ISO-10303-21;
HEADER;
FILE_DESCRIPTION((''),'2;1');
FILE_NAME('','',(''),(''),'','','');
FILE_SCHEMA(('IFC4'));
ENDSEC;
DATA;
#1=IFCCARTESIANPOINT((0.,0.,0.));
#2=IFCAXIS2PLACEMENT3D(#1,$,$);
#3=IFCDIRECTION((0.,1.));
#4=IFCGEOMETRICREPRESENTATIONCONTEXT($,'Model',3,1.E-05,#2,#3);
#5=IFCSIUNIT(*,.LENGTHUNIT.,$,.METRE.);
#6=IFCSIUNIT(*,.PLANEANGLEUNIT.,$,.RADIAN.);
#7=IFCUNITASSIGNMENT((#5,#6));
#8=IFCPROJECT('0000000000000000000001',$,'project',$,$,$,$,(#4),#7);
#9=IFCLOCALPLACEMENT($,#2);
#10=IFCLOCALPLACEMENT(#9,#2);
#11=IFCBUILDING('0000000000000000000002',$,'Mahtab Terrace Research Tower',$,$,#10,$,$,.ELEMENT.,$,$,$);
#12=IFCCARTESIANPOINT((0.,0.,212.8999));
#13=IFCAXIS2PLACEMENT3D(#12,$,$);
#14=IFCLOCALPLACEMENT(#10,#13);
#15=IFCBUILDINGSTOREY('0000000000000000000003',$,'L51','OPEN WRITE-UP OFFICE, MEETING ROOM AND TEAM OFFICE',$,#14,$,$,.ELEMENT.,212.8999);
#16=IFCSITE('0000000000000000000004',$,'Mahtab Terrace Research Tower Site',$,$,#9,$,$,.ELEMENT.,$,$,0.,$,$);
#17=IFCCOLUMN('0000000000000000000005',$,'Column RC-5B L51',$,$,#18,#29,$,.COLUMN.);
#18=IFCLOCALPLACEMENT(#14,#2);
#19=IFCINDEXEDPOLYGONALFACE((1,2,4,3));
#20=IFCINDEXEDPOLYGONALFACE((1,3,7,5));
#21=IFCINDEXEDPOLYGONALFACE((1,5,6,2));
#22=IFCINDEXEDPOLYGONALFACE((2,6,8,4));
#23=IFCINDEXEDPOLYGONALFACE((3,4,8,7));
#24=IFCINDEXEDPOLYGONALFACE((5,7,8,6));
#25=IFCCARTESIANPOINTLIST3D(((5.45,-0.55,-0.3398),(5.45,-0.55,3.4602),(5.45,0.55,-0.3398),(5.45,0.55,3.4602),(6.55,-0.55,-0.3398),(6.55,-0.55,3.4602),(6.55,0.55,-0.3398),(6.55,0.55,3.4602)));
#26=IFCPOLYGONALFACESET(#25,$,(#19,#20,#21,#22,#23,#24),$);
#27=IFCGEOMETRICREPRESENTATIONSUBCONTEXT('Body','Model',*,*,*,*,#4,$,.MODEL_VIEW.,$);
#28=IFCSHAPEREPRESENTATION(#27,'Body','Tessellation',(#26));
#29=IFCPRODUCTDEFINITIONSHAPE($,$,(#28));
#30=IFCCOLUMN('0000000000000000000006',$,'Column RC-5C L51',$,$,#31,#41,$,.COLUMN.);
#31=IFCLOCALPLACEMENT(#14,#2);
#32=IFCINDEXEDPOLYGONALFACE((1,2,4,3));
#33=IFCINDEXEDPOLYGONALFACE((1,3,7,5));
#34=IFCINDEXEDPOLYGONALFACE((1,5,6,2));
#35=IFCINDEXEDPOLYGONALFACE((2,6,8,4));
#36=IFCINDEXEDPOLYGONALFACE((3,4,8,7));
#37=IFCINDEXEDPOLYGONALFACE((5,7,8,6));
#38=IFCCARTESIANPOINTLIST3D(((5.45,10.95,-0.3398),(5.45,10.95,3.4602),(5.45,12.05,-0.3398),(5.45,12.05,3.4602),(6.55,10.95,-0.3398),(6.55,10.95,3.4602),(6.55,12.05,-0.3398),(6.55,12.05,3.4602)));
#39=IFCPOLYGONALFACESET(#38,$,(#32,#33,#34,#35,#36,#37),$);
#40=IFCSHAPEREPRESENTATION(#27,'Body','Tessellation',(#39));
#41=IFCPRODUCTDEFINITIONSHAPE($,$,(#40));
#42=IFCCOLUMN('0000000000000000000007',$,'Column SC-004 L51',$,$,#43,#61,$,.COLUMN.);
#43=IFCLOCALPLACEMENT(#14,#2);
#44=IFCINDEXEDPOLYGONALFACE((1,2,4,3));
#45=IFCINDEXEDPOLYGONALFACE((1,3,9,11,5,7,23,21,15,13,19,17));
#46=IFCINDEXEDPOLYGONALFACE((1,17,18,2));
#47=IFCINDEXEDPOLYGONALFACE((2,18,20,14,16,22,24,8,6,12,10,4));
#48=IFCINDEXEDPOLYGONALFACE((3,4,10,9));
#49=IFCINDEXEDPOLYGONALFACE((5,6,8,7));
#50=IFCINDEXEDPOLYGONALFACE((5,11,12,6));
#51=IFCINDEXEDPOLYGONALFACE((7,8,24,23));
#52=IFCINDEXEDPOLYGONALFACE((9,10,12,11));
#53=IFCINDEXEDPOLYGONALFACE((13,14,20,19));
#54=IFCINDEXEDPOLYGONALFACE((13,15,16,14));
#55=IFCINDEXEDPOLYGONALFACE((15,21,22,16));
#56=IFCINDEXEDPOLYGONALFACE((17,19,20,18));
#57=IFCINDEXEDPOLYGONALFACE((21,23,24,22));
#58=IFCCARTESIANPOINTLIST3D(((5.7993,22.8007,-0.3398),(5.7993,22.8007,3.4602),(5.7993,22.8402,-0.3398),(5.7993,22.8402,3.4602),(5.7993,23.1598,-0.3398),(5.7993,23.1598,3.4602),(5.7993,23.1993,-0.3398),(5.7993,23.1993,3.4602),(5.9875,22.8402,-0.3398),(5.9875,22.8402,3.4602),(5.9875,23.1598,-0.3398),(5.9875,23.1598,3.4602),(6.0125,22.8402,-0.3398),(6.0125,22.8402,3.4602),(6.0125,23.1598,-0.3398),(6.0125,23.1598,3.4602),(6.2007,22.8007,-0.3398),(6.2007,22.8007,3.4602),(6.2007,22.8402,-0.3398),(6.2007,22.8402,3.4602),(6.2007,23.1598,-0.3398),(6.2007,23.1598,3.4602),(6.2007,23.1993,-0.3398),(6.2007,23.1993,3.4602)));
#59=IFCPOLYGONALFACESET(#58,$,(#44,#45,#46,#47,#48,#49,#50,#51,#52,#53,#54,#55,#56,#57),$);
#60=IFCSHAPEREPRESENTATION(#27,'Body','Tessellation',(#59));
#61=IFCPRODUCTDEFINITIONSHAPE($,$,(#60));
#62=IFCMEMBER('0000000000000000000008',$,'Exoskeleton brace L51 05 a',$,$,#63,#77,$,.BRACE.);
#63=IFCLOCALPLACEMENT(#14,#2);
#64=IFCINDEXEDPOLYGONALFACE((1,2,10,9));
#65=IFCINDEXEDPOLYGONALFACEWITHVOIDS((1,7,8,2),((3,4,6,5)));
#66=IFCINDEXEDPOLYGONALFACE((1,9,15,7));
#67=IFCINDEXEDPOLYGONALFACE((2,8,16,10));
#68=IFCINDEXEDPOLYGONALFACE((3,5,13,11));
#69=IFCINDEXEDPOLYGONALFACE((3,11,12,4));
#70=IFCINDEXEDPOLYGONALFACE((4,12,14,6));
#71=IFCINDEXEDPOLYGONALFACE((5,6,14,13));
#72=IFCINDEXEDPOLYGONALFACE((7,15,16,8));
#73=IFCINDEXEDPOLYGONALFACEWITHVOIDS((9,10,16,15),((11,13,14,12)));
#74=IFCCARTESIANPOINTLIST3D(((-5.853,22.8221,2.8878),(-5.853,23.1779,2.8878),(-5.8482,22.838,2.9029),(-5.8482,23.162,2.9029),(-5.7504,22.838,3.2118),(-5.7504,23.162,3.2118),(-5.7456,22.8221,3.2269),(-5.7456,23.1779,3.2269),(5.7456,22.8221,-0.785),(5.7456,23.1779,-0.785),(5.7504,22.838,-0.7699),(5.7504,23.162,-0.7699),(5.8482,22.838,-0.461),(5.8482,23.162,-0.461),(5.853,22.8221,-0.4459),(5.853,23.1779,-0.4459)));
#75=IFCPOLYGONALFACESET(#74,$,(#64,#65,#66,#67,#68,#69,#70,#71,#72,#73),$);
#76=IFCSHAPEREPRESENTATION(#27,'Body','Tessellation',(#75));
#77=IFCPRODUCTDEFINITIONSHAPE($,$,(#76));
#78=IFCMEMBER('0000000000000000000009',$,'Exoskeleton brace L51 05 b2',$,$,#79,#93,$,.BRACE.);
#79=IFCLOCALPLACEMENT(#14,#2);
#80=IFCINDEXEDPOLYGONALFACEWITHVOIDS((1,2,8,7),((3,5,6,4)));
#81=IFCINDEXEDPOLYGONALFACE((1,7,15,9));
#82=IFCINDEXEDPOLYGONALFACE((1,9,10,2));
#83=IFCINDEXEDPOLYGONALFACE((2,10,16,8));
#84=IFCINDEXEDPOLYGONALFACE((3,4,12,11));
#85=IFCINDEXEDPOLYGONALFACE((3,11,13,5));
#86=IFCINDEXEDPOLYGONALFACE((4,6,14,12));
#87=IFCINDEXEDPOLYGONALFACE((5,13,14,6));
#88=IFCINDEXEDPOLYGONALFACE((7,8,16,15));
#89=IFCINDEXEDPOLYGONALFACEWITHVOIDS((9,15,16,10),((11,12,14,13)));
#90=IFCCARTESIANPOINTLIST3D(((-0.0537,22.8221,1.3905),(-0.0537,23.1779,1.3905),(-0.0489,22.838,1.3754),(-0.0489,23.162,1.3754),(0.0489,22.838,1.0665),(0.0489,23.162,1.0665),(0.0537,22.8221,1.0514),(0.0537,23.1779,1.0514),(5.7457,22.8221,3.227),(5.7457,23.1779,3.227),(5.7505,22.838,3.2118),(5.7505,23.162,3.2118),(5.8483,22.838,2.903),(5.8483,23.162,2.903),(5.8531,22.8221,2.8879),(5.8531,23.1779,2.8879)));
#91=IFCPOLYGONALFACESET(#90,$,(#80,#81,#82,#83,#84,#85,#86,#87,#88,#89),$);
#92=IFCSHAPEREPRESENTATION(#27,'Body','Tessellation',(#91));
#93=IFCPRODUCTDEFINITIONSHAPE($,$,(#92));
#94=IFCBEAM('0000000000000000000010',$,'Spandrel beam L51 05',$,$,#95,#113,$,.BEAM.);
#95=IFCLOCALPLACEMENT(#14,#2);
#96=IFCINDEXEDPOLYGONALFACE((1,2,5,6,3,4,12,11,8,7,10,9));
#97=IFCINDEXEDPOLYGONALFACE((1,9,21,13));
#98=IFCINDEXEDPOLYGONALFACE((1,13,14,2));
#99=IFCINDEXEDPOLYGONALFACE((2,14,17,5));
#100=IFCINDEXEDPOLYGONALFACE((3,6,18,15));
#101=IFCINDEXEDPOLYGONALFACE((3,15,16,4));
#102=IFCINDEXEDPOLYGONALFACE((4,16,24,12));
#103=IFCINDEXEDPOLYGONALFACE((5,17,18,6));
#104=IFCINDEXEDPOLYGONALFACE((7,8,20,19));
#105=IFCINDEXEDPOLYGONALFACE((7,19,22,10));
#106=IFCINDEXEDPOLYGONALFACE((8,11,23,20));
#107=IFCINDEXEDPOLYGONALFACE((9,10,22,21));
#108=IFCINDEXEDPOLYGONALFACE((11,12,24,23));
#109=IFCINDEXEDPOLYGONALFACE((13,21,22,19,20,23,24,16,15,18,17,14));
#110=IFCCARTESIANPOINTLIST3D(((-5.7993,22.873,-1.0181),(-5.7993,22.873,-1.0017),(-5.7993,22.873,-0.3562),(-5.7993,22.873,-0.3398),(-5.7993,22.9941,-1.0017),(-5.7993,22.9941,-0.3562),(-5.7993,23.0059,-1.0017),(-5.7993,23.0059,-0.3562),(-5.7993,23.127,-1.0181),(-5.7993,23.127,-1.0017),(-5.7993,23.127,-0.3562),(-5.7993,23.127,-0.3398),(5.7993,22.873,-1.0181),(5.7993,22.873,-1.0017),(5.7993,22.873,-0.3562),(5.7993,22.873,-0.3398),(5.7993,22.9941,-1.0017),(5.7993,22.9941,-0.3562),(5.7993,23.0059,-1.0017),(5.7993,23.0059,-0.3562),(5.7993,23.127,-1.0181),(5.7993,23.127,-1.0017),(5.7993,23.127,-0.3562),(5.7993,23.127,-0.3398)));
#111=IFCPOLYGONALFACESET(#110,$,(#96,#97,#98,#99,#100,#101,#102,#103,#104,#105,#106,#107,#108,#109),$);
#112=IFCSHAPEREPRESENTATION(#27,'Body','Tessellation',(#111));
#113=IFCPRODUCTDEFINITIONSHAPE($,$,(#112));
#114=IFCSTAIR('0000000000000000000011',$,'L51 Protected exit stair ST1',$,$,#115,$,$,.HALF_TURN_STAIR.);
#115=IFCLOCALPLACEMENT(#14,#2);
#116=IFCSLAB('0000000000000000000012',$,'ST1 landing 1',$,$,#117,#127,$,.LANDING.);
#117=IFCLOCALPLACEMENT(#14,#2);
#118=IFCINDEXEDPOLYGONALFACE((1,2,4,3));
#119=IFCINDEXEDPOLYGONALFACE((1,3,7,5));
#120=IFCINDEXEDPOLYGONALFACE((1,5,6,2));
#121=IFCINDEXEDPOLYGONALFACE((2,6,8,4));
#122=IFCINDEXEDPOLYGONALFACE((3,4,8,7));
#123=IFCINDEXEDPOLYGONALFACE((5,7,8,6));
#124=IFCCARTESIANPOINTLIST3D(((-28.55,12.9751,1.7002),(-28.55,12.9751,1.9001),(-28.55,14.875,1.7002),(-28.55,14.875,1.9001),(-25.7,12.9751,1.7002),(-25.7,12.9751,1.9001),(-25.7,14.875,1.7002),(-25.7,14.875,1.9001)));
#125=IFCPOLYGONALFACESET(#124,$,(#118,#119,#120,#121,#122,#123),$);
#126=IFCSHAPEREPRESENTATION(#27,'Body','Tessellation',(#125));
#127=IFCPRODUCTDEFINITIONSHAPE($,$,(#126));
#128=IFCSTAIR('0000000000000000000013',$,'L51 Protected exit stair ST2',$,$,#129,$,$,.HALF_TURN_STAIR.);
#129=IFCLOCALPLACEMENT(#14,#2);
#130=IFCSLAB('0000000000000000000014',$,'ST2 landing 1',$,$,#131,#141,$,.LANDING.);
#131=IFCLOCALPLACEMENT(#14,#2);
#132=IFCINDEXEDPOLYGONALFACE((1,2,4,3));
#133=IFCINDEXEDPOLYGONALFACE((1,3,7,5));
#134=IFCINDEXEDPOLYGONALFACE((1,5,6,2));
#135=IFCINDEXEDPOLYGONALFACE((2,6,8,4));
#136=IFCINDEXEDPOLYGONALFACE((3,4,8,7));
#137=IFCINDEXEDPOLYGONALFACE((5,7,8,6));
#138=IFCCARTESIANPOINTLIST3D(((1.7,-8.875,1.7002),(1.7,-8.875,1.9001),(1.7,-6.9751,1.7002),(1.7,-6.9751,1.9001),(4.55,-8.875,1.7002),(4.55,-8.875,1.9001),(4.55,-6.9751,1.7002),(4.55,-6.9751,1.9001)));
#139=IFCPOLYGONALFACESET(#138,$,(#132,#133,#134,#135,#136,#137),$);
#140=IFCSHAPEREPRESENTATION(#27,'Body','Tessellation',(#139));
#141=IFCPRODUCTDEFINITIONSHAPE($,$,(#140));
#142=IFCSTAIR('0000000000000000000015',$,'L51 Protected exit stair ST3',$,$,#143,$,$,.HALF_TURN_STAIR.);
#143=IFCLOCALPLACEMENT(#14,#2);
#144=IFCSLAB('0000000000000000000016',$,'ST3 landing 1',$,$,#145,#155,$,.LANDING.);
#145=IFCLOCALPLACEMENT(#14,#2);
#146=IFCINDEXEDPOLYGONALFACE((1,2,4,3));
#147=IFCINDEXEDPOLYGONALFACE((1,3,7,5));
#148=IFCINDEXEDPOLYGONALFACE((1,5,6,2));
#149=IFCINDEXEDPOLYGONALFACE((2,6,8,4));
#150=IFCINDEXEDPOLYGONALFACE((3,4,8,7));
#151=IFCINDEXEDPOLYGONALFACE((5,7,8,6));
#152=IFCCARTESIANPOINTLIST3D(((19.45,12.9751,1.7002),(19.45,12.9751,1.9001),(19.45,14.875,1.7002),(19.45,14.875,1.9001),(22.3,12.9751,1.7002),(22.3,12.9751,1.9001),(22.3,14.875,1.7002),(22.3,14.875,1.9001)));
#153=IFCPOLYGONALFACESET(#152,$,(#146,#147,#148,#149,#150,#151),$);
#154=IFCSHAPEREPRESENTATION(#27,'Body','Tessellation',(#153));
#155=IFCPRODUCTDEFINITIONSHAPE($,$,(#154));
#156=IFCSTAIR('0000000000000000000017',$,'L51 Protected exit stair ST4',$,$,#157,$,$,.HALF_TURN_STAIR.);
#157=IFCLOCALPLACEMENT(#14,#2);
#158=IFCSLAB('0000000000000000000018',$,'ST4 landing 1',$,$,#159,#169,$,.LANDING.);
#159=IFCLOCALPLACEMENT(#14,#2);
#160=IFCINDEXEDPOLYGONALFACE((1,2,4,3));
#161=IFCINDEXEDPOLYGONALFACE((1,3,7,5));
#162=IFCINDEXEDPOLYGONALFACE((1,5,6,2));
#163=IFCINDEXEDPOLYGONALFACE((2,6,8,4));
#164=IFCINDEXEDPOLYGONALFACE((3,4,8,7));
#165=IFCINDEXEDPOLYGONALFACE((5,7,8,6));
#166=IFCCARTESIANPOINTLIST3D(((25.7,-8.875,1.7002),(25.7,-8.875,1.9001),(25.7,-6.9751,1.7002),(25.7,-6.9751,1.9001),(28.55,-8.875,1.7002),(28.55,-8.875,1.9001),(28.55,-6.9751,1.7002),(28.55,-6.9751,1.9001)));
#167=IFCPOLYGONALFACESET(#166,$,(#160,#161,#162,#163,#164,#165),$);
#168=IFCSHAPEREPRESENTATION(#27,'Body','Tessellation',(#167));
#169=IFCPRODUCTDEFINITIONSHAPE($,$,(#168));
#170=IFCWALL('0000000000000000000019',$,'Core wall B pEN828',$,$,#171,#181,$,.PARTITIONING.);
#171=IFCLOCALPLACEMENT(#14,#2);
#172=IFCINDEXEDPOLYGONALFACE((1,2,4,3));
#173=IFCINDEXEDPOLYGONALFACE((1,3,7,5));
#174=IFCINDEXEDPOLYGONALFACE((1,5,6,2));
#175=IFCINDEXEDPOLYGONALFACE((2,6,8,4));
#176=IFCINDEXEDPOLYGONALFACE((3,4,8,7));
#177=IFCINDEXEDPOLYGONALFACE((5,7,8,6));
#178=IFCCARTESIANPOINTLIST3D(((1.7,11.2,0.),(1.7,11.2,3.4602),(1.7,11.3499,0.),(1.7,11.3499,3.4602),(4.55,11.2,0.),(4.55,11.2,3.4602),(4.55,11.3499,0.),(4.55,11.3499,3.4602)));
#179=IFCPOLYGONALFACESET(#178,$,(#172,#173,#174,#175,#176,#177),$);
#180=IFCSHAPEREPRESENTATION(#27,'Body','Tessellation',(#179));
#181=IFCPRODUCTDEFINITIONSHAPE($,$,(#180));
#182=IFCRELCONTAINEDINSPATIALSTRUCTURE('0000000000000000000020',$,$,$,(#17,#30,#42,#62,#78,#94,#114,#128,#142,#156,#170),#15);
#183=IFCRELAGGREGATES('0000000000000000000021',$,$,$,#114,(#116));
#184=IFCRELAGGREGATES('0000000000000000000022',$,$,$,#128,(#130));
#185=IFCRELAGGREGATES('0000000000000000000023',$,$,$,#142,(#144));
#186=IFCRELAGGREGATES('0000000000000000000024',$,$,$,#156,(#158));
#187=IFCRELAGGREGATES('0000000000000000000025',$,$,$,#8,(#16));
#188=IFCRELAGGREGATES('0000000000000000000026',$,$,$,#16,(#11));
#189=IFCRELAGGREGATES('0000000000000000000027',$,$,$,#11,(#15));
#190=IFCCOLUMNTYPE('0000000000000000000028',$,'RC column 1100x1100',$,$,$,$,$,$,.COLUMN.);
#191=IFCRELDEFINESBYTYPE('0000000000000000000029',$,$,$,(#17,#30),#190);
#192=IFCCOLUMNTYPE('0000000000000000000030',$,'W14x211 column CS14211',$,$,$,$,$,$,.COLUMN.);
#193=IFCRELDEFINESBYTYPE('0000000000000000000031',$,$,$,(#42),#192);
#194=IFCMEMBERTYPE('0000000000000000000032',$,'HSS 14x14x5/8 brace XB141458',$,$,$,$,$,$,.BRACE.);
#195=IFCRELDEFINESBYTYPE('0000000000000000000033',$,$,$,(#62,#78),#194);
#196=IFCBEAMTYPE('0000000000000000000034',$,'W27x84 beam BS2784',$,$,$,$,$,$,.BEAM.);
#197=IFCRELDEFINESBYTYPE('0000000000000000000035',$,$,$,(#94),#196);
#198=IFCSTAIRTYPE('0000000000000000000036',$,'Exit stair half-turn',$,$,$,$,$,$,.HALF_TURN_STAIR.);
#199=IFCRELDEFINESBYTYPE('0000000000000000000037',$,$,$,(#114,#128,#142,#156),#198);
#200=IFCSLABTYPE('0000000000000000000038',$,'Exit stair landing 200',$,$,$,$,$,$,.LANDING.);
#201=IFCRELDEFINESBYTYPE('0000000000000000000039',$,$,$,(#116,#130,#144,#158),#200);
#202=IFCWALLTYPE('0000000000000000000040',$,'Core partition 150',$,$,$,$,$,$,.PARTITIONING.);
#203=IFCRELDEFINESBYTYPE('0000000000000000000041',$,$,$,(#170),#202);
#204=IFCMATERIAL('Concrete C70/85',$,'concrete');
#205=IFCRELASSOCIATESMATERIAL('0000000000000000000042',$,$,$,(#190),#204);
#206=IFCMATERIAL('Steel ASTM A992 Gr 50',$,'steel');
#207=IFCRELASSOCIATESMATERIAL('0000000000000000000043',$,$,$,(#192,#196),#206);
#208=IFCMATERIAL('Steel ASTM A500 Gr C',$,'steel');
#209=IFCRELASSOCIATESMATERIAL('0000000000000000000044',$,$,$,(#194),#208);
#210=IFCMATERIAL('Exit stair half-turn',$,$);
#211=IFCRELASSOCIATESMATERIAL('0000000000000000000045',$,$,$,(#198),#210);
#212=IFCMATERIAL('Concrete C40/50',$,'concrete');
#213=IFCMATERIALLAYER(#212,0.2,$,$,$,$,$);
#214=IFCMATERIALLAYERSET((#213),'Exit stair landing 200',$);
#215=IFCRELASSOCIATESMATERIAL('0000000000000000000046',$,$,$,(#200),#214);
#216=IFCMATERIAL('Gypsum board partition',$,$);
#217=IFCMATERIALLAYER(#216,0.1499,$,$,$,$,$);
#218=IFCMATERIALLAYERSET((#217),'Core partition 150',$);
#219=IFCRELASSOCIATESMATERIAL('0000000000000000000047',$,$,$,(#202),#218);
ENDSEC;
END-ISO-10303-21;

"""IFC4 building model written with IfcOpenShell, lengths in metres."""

from ifc_helpers import new_model, si_unit, direction, frame, frame_2d, origin, origin_2d, place, context, subcontext, project, spatial, polyline, rectangle, hollow_rectangle, i_section, outline, extrude, material, layer, layer_set, material_profile, profile_set, type_object, element, aggregate, save


model = new_model("IFC4")

# Units and contexts
model_context = context("Model", 3, precision=1e-05, world=origin(), true_north=direction((0.0, 1.0)))
body_context = subcontext(model_context, "Body", "Model", "MODEL_VIEW")
ifc_project = project(units=[si_unit("LENGTHUNIT", "METRE"), si_unit("PLANEANGLEUNIT", "RADIAN")], contexts=[model_context])

# Site, building, storey
site_placement = place(None, origin())
site = spatial("IfcSite", under=ifc_project, at=site_placement, Name="Mahtab Terrace Research Tower Site", CompositionType="ELEMENT", RefElevation=0.0)
building_placement = place(site_placement, origin())
building = spatial("IfcBuilding", under=site, at=building_placement, Name="Mahtab Terrace Research Tower", CompositionType="ELEMENT")
storey_placement = place(building_placement, frame((0.0, 0.0, 212.8999)))
storey = spatial("IfcBuildingStorey", under=building, at=storey_placement, Name="L51", Description="OPEN WRITE-UP OFFICE, MEETING ROOM AND TEAM OFFICE", CompositionType="ELEMENT", Elevation=212.8999)

# Columns
ifc_material_1 = material(Name="Concrete C70/85", Category="concrete")
ifc_material_profile_1 = material_profile(ifc_material_1, rectangle(XDim=1.1001, YDim=1.1001, at=origin_2d()), Name="RC column 1100x1100")
ifc_profile_set_1 = profile_set([ifc_material_profile_1], Name="Concrete C70/85")
column_type_1 = type_object("IfcColumnType", Name="RC column 1100x1100", PredefinedType="COLUMN", material=ifc_profile_set_1)
for number, where, z_axis, x_axis, name in (
    (1, (6.0, 0.0, -0.3398), (0.0, 0.0, 1.0), (1.0, 0.0, 0.0), "Column RC-5B L51"),
    (2, (6.0, 11.5, -0.3398), (0.0, 0.0, 1.0), (1.0, 0.0, 0.0), "Column RC-5C L51"),
):
    element("IfcColumn", number, at=place(storey_placement, frame(where, z_axis=z_axis, x_axis=x_axis)), inside=storey, type_object=column_type_1, Name=name, PredefinedType="COLUMN", context=body_context, shape_type="SweptSolid", body=[
        extrude(rectangle(XDim=1.1001, YDim=1.1001, at=origin_2d()), origin(), (0.0, 0.0, 1.0), 3.8),
    ])
ifc_material_2 = material(Name="Steel ASTM A992 Gr 50", Category="steel")
ifc_material_profile_2 = material_profile(ifc_material_2, i_section(OverallWidth=0.4014, OverallDepth=0.3987, WebThickness=0.0249, FlangeThickness=0.0396, at=origin_2d()), Name="W14X211")
ifc_profile_set_2 = profile_set([ifc_material_profile_2], Name="Steel ASTM A992 Gr 50")
column_type_2 = type_object("IfcColumnType", Name="W14x211 column CS14211", PredefinedType="COLUMN", material=ifc_profile_set_2)
column_placement = place(storey_placement, frame((6.0, 23.0, -0.3398), z_axis=(0.0, 0.0, 1.0), x_axis=(1.0, 0.0, 0.0)))
element("IfcColumn", 3, at=column_placement, inside=storey, type_object=column_type_2, Name="Column SC-004 L51", PredefinedType="COLUMN", context=body_context, shape_type="SweptSolid", body=[
    extrude(i_section(OverallWidth=0.4014, OverallDepth=0.3987, WebThickness=0.0249, FlangeThickness=0.0396, at=origin_2d()), origin(), (0.0, 0.0, 1.0), 3.8),
])

# Members
ifc_material_3 = material(Name="Steel ASTM A500 Gr C", Category="steel")
ifc_material_profile_3 = material_profile(ifc_material_3, hollow_rectangle(XDim=0.3557, YDim=0.3557, WallThickness=0.0159, at=origin_2d()), Name="HSS14X14X5/8")
ifc_profile_set_3 = profile_set([ifc_material_profile_3], Name="Steel ASTM A500 Gr C")
member_type = type_object("IfcMemberType", Name="HSS 14x14x5/8 brace XB141458", PredefinedType="BRACE", material=ifc_profile_set_3)
member_1_placement = place(storey_placement, frame((5.7993, 23.0, -0.6155), z_axis=(-0.953343, 0.0, 0.301888), x_axis=(0.0, -1.0, 0.0)))
element("IfcMember", 4, at=member_1_placement, inside=storey, type_object=member_type, Name="Exoskeleton brace L51 05 a", PredefinedType="BRACE", context=body_context, shape_type="SweptSolid", body=[
    extrude(hollow_rectangle(XDim=0.3557, YDim=0.3557, WallThickness=0.0159, at=origin_2d()), origin(), (0.0, 0.0, 1.0), 12.1663),
])
member_2_placement = place(storey_placement, frame((0.0, 23.0, 1.2209), z_axis=(0.953343, 0.0, 0.301888), x_axis=(0.0, 1.0, 0.0)))
element("IfcMember", 5, at=member_2_placement, inside=storey, type_object=member_type, Name="Exoskeleton brace L51 05 b2", PredefinedType="BRACE", context=body_context, shape_type="SweptSolid", body=[
    extrude(hollow_rectangle(XDim=0.3557, YDim=0.3557, WallThickness=0.0159, at=origin_2d()), origin(), (0.0, 0.0, 1.0), 6.0833),
])

# Beam
ifc_material_profile_4 = material_profile(ifc_material_2, i_section(OverallWidth=0.2539, OverallDepth=0.6782, WebThickness=0.0117, FlangeThickness=0.0164, at=origin_2d()), Name="W27X84")
ifc_profile_set_4 = profile_set([ifc_material_profile_4], Name="Steel ASTM A992 Gr 50")
beam_type = type_object("IfcBeamType", Name="W27x84 beam BS2784", PredefinedType="BEAM", material=ifc_profile_set_4)
beam_placement = place(storey_placement, frame((5.7993, 23.0, -0.679), z_axis=(-1.0, 0.0, 0.0), x_axis=(0.0, -1.0, 0.0)))
element("IfcBeam", 6, at=beam_placement, inside=storey, type_object=beam_type, Name="Spandrel beam L51 05", PredefinedType="BEAM", context=body_context, shape_type="SweptSolid", body=[
    extrude(i_section(OverallWidth=0.2539, OverallDepth=0.6782, WebThickness=0.0117, FlangeThickness=0.0164, at=origin_2d()), origin(), (0.0, 0.0, 1.0), 11.5986),
])

# Stairs, slabs
ifc_material_4 = material(Name="Exit stair half-turn")
stair_type = type_object("IfcStairType", Name="Exit stair half-turn", PredefinedType="HALF_TURN_STAIR", material=ifc_material_4)
stair_1_placement = place(storey_placement, origin())
stair_1 = element("IfcStair", 7, at=stair_1_placement, inside=storey, type_object=stair_type, Name="L51 Protected exit stair ST1", PredefinedType="HALF_TURN_STAIR")
ifc_material_5 = material(Name="Concrete C40/50", Category="concrete")
ifc_layer_1 = layer(ifc_material_5, 0.2)
ifc_layer_set_1 = layer_set([ifc_layer_1], Name="Exit stair landing 200")
slab_type = type_object("IfcSlabType", Name="Exit stair landing 200", PredefinedType="LANDING", material=ifc_layer_set_1)
slab_1_placement = place(storey_placement, frame((0.0, 0.0, 1.7002)))
slab_1 = element("IfcSlab", 8, at=slab_1_placement, type_object=slab_type, Name="ST1 landing 1", PredefinedType="LANDING", context=body_context, shape_type="SweptSolid", body=[
    extrude(outline(polyline([(-25.7, 12.9751), (-25.7, 14.875), (-28.55, 14.875), (-28.55, 12.9751), (-25.7, 12.9751)])), origin(), (0.0, 0.0, 1.0), 0.2),
])
aggregate(stair_1, [slab_1])
stair_2_placement = place(storey_placement, origin())
stair_2 = element("IfcStair", 9, at=stair_2_placement, inside=storey, type_object=stair_type, Name="L51 Protected exit stair ST2", PredefinedType="HALF_TURN_STAIR")
slab_2_placement = place(storey_placement, frame((0.0, 0.0, 1.7002)))
slab_2 = element("IfcSlab", 10, at=slab_2_placement, type_object=slab_type, Name="ST2 landing 1", PredefinedType="LANDING", context=body_context, shape_type="SweptSolid", body=[
    extrude(outline(polyline([(1.7, -6.9751), (1.7, -8.875), (4.55, -8.875), (4.55, -6.9751), (1.7, -6.9751)])), origin(), (0.0, 0.0, 1.0), 0.2),
])
aggregate(stair_2, [slab_2])
stair_3_placement = place(storey_placement, origin())
stair_3 = element("IfcStair", 11, at=stair_3_placement, inside=storey, type_object=stair_type, Name="L51 Protected exit stair ST3", PredefinedType="HALF_TURN_STAIR")
slab_3_placement = place(storey_placement, frame((0.0, 0.0, 1.7002)))
slab_3 = element("IfcSlab", 12, at=slab_3_placement, type_object=slab_type, Name="ST3 landing 1", PredefinedType="LANDING", context=body_context, shape_type="SweptSolid", body=[
    extrude(outline(polyline([(22.3, 12.9751), (22.3, 14.875), (19.45, 14.875), (19.45, 12.9751), (22.3, 12.9751)])), origin(), (0.0, 0.0, 1.0), 0.2),
])
aggregate(stair_3, [slab_3])
stair_4_placement = place(storey_placement, origin())
stair_4 = element("IfcStair", 13, at=stair_4_placement, inside=storey, type_object=stair_type, Name="L51 Protected exit stair ST4", PredefinedType="HALF_TURN_STAIR")
slab_4_placement = place(storey_placement, frame((0.0, 0.0, 1.7002)))
slab_4 = element("IfcSlab", 14, at=slab_4_placement, type_object=slab_type, Name="ST4 landing 1", PredefinedType="LANDING", context=body_context, shape_type="SweptSolid", body=[
    extrude(outline(polyline([(25.7, -6.9751), (25.7, -8.875), (28.55, -8.875), (28.55, -6.9751), (25.7, -6.9751)])), origin(), (0.0, 0.0, 1.0), 0.2),
])
aggregate(stair_4, [slab_4])

# Wall
ifc_material_6 = material(Name="Gypsum board partition")
ifc_layer_2 = layer(ifc_material_6, 0.1499)
ifc_layer_set_2 = layer_set([ifc_layer_2], Name="Core partition 150")
wall_type_1 = type_object("IfcWallType", Name="Core partition 150", PredefinedType="PARTITIONING", material=ifc_layer_set_2)
wall_1_placement = place(storey_placement, frame((1.7, 11.2749, 0.0), z_axis=(0.0, 0.0, 1.0), x_axis=(1.0, 0.0, 0.0)))
element("IfcWall", 15, at=wall_1_placement, inside=storey, type_object=wall_type_1, Name="Core wall B pEN828", PredefinedType="PARTITIONING", context=body_context, shape_type="SweptSolid", body=[
    extrude(rectangle(XDim=2.8501, YDim=0.1499, at=frame_2d((1.425, 0.0))), origin(), (0.0, 0.0, 1.0), 3.4602),
])

save(model, "model.ifc")
